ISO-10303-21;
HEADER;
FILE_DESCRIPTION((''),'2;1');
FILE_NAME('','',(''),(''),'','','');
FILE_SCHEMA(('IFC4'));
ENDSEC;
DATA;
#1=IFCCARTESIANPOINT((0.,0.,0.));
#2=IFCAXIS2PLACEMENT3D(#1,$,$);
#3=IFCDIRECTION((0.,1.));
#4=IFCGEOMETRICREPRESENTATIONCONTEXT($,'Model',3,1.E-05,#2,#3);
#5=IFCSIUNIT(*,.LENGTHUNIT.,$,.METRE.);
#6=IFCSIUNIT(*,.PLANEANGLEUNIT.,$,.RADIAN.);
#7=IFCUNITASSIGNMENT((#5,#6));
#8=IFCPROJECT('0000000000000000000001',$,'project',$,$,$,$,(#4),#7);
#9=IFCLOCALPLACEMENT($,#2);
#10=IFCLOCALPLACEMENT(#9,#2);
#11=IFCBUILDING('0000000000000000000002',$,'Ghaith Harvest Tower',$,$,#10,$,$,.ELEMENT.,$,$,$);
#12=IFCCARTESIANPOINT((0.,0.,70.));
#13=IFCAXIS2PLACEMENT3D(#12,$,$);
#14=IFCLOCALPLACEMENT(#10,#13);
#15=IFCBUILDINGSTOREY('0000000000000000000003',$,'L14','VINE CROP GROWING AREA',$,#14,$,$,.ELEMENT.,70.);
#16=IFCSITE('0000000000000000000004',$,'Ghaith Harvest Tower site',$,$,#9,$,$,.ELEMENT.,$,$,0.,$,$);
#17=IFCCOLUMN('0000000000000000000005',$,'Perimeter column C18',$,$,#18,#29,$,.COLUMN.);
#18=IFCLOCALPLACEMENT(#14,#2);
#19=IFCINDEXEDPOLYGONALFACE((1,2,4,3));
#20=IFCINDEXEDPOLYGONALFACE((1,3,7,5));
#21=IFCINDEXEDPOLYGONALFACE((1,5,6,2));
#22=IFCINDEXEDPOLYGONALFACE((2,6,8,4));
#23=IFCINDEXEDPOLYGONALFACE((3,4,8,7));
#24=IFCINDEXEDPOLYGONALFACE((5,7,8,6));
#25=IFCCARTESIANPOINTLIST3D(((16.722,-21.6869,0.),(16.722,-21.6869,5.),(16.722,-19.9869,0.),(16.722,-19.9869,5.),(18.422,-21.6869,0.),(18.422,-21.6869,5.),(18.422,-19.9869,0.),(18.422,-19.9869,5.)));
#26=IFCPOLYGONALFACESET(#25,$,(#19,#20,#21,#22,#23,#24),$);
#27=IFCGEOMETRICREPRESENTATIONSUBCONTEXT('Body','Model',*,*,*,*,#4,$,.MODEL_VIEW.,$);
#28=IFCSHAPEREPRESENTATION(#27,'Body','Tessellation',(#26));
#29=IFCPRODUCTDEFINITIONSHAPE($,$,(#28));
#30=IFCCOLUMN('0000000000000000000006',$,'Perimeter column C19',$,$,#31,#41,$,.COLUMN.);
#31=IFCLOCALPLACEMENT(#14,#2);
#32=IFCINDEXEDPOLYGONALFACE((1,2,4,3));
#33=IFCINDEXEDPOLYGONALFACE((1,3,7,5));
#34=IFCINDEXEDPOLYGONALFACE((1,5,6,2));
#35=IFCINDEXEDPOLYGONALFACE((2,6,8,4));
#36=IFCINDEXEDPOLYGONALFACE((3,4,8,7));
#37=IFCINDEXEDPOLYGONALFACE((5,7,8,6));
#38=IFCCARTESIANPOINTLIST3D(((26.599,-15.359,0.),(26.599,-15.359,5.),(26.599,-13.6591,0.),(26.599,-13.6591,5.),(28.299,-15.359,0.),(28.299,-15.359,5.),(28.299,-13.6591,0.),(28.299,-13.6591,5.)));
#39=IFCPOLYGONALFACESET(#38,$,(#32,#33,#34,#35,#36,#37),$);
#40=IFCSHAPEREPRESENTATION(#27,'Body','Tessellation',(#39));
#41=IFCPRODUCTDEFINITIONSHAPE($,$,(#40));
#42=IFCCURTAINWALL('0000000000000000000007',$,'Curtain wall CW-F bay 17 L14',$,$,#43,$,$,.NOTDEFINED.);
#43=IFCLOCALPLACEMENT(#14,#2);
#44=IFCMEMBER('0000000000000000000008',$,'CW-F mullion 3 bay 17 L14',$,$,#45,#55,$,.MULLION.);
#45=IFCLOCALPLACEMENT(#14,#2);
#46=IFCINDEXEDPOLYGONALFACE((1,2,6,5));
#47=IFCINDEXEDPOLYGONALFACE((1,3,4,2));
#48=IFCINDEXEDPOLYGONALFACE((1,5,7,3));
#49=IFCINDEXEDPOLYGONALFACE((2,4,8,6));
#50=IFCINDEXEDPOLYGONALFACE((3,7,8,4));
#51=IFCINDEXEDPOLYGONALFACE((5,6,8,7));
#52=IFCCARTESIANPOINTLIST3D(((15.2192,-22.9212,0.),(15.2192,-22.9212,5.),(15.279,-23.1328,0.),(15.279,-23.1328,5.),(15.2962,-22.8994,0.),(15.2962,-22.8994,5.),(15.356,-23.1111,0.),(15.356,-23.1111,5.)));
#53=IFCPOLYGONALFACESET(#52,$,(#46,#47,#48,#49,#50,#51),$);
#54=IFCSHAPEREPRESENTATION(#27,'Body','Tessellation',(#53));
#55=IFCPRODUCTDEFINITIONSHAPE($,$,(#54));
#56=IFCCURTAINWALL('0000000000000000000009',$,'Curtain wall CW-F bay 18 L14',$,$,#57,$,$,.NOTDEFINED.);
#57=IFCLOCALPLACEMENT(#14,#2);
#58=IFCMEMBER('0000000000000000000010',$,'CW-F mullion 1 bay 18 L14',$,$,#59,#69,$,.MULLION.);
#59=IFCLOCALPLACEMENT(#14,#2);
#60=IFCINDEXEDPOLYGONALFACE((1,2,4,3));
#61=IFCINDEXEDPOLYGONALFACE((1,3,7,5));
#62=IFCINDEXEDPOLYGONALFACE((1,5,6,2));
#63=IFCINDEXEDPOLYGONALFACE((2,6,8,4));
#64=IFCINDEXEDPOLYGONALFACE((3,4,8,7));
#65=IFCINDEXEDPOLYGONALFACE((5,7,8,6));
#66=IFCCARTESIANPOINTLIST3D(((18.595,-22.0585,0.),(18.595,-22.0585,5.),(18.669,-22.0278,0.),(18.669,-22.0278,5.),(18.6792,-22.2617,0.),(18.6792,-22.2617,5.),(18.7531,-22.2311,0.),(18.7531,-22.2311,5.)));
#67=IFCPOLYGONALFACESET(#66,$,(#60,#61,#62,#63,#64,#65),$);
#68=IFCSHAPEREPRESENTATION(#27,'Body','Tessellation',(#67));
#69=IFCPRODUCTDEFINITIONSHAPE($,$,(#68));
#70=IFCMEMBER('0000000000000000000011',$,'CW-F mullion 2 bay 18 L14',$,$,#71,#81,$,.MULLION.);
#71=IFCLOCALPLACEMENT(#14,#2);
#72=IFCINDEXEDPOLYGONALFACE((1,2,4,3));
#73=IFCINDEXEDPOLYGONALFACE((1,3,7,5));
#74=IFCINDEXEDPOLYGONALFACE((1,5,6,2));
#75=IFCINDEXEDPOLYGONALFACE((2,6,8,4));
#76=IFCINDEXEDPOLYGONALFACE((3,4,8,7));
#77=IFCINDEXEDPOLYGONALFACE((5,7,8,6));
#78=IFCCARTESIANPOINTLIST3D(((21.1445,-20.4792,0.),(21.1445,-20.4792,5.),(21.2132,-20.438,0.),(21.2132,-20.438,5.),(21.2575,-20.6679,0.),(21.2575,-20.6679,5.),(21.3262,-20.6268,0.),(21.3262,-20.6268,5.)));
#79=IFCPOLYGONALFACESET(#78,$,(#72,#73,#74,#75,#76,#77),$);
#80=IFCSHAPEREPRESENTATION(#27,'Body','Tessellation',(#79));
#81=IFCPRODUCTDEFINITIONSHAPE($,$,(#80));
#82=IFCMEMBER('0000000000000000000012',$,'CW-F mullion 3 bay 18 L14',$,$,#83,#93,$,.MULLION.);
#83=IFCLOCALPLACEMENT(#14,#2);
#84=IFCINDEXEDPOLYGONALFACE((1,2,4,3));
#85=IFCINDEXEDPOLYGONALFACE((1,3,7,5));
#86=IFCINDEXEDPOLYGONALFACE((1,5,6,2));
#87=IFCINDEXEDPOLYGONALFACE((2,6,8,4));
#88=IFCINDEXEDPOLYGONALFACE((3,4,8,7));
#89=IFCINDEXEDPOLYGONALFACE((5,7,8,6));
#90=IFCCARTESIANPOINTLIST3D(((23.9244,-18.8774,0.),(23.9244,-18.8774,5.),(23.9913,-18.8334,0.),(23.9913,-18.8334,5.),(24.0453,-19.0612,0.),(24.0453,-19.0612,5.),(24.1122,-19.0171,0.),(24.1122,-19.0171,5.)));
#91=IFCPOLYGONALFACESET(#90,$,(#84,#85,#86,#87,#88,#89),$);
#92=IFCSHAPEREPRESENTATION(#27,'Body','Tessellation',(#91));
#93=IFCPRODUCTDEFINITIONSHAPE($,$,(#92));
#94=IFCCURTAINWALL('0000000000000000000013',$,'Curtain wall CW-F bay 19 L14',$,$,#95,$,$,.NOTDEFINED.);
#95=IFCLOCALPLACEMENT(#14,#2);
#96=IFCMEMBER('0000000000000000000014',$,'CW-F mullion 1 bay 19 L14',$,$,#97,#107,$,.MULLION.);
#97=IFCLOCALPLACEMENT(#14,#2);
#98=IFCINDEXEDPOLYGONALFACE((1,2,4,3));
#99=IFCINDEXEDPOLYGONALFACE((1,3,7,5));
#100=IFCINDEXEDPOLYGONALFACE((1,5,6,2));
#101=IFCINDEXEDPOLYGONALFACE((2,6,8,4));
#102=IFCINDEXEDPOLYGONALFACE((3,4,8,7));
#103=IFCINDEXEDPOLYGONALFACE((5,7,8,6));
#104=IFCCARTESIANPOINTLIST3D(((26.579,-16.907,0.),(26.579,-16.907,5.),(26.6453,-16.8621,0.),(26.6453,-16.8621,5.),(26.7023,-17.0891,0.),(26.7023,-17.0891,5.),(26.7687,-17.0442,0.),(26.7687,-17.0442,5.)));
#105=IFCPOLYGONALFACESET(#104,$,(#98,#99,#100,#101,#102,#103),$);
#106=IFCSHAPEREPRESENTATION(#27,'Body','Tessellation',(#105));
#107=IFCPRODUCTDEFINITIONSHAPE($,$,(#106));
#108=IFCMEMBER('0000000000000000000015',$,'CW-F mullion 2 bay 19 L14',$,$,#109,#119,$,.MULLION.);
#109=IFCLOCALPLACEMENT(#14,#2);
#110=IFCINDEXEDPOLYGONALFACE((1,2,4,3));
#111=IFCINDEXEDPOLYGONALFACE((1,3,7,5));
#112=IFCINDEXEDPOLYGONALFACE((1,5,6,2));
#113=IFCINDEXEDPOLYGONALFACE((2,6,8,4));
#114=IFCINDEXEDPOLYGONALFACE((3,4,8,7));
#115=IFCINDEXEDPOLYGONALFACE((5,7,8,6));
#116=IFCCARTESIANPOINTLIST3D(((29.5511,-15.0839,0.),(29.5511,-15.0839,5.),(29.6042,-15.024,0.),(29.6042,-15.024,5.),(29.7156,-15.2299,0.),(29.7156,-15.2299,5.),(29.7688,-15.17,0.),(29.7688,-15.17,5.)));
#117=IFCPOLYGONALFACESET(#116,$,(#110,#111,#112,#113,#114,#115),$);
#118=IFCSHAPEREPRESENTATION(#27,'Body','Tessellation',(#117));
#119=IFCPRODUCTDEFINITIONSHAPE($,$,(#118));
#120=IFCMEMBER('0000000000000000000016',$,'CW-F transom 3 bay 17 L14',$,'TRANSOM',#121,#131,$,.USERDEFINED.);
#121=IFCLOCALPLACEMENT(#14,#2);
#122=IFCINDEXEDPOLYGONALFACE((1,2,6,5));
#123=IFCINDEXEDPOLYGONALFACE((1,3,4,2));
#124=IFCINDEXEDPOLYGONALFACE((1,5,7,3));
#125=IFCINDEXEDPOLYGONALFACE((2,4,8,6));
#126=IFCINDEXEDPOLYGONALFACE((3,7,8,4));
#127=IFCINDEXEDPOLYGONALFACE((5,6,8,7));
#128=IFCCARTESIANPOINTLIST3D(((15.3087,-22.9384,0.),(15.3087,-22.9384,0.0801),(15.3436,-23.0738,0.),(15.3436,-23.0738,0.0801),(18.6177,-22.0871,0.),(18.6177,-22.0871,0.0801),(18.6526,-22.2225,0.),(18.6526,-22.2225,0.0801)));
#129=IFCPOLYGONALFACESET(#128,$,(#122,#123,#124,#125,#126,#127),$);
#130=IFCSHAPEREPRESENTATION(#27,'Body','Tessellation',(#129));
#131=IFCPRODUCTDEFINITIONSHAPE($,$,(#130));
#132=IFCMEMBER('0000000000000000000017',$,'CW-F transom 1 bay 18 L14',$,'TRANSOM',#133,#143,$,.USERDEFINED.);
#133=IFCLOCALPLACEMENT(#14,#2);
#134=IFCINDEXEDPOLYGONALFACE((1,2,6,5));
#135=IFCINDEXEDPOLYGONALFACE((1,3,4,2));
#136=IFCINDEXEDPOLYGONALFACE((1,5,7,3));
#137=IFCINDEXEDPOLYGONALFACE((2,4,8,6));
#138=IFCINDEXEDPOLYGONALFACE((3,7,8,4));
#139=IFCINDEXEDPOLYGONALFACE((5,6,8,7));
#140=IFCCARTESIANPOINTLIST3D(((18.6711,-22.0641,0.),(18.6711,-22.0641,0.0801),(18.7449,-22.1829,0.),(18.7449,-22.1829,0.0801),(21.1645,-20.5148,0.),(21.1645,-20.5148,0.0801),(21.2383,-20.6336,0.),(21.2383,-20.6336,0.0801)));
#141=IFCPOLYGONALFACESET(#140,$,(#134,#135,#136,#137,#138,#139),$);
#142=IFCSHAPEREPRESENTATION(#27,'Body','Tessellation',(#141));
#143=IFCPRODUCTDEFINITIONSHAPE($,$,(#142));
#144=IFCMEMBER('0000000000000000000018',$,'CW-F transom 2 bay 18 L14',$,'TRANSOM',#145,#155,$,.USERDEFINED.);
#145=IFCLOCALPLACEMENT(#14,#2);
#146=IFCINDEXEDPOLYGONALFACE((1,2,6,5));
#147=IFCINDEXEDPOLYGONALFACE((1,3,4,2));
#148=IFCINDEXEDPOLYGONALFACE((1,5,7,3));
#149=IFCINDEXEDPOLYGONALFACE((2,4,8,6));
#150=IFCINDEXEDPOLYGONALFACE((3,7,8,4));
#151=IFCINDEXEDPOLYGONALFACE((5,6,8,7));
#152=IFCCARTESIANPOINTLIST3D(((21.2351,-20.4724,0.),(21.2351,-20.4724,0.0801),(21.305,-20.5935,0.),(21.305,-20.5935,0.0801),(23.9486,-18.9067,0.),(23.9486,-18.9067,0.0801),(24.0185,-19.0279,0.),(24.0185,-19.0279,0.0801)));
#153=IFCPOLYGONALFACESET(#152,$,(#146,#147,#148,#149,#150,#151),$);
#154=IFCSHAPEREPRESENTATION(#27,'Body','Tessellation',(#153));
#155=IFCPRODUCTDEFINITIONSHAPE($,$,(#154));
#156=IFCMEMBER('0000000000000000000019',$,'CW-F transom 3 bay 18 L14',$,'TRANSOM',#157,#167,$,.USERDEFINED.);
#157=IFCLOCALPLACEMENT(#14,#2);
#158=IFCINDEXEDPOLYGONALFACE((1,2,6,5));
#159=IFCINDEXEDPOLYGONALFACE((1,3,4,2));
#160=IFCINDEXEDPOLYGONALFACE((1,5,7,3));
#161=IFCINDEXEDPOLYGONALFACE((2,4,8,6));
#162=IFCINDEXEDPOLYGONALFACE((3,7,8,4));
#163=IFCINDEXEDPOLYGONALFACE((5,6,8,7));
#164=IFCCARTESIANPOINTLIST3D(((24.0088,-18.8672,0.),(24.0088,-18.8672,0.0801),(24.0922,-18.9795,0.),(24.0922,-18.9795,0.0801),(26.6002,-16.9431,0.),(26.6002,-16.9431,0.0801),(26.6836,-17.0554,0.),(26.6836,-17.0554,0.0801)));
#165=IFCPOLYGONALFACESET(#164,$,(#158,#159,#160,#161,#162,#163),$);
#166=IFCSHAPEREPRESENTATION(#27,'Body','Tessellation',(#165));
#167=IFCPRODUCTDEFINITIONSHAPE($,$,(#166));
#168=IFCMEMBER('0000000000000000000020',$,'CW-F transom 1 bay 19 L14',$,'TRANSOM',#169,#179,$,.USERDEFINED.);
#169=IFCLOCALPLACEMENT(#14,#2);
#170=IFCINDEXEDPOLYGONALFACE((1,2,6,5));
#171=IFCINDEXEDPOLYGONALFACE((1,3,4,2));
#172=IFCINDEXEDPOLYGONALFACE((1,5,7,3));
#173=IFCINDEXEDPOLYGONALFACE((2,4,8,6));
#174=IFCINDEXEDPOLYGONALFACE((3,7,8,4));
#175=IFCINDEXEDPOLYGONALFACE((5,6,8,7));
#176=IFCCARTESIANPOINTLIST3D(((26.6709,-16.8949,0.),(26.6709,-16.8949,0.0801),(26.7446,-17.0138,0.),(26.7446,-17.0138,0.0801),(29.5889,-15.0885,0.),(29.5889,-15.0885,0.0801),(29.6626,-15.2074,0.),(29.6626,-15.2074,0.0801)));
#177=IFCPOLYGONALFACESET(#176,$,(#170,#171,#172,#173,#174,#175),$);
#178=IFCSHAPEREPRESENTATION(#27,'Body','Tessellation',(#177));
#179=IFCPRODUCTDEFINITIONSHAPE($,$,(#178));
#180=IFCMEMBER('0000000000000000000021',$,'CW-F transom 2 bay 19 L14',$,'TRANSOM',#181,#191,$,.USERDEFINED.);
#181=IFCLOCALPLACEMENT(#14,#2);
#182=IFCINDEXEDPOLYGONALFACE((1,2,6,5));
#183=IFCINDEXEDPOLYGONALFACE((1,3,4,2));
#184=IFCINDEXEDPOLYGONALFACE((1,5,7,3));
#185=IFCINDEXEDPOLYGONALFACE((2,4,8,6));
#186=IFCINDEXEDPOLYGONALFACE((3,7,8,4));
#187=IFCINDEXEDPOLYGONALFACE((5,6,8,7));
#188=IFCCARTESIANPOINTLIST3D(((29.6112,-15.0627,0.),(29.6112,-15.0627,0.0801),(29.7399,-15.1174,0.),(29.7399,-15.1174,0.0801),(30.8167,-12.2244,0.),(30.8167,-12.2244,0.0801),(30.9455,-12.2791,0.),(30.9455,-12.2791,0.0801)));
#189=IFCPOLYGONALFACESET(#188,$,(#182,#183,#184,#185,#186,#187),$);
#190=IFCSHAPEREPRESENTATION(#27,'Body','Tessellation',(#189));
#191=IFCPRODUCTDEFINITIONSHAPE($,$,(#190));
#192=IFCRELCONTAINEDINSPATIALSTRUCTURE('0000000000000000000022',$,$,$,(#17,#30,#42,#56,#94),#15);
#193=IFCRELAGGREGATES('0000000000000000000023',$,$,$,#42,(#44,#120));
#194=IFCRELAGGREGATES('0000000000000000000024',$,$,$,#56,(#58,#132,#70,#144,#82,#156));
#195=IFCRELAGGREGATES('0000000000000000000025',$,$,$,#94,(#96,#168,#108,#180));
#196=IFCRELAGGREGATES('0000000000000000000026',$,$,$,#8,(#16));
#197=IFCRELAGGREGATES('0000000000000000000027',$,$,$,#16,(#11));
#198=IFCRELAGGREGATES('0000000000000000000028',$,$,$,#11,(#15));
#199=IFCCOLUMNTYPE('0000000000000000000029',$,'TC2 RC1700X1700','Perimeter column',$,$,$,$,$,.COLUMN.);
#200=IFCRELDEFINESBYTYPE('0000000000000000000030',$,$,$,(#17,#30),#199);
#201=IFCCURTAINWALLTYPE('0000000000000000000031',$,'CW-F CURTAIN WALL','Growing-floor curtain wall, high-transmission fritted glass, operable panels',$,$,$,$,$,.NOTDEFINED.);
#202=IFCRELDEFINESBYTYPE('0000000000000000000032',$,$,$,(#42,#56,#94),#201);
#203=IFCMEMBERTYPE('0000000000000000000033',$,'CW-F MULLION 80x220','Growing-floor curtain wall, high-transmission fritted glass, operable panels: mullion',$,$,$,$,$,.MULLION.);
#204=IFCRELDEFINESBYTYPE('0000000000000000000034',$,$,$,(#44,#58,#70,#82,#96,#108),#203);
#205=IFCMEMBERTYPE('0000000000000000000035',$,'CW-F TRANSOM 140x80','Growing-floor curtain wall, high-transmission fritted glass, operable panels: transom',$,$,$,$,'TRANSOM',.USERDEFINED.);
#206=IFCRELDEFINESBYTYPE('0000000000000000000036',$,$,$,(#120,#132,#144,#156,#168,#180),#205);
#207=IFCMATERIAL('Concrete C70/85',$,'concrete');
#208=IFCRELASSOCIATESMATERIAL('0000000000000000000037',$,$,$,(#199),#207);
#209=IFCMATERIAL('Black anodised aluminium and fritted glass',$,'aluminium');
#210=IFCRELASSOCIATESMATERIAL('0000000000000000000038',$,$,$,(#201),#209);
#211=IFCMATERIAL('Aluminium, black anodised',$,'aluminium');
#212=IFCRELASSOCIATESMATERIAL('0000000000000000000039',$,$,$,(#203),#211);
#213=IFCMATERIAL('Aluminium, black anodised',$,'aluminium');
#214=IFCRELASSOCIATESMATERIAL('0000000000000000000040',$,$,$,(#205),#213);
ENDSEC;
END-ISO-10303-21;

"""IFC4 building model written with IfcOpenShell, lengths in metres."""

from ifc_helpers import new_model, si_unit, direction, frame, origin, origin_2d, place, context, subcontext, project, spatial, rectangle, extrude, material, material_profile, profile_set, type_object, element, aggregate, save


model = new_model("IFC4")

# Units and contexts
model_context = context("Model", 3, precision=1e-05, world=origin(), true_north=direction((0.0, 1.0)))
body_context = subcontext(model_context, "Body", "Model", "MODEL_VIEW")
ifc_project = project(units=[si_unit("LENGTHUNIT", "METRE"), si_unit("PLANEANGLEUNIT", "RADIAN")], contexts=[model_context])

# Site, building, storey
site_placement = place(None, origin())
site = spatial("IfcSite", under=ifc_project, at=site_placement, Name="Ghaith Harvest Tower site", CompositionType="ELEMENT", RefElevation=0.0)
building_placement = place(site_placement, origin())
building = spatial("IfcBuilding", under=site, at=building_placement, Name="Ghaith Harvest Tower", CompositionType="ELEMENT")
storey_placement = place(building_placement, frame((0.0, 0.0, 70.0)))
storey = spatial("IfcBuildingStorey", under=building, at=storey_placement, Name="L14", Description="VINE CROP GROWING AREA", CompositionType="ELEMENT", Elevation=70.0)

# Columns
ifc_material_1 = material(Name="Concrete C70/85", Category="concrete")
ifc_material_profile_1 = material_profile(ifc_material_1, rectangle(XDim=1.7, YDim=1.7, at=origin_2d()), Name="RC1700X1700")
ifc_profile_set_1 = profile_set([ifc_material_profile_1], Name="Concrete C70/85")
column_type = type_object("IfcColumnType", Name="TC2 RC1700X1700", Description="Perimeter column", PredefinedType="COLUMN", material=ifc_profile_set_1)
for number, where, z_axis, x_axis, name in (
    (1, (17.572, -20.8369, 0.0), (0.0, 0.0, 1.0), (1.0, 0.0, 0.0), "Perimeter column C18"),
    (2, (27.449, -14.509, 0.0), (0.0, 0.0, 1.0), (1.0, 0.0, 0.0), "Perimeter column C19"),
):
    element("IfcColumn", number, at=place(storey_placement, frame(where, z_axis=z_axis, x_axis=x_axis)), inside=storey, type_object=column_type, Name=name, PredefinedType="COLUMN", context=body_context, shape_type="SweptSolid", body=[
        extrude(rectangle(XDim=1.7, YDim=1.7, at=origin_2d()), origin(), (0.0, 0.0, 1.0), 5.0),
    ])

# Curtain wall, member
ifc_material_2 = material(Name="Black anodised aluminium and fritted glass", Category="aluminium")
curtain_wall_type = type_object("IfcCurtainWallType", Name="CW-F CURTAIN WALL", Description="Growing-floor curtain wall, high-transmission fritted glass, operable panels", PredefinedType="NOTDEFINED", material=ifc_material_2)
curtain_wall_1_placement = place(storey_placement, origin())
curtain_wall_1 = element("IfcCurtainWall", 3, at=curtain_wall_1_placement, inside=storey, type_object=curtain_wall_type, Name="Curtain wall CW-F bay 17 L14", PredefinedType="NOTDEFINED")
ifc_material_3 = material(Name="Aluminium, black anodised", Category="aluminium")
ifc_material_profile_2 = material_profile(ifc_material_3, rectangle(XDim=0.0801, YDim=0.22, at=origin_2d()), Name="CW-F MULLION 80x220")
ifc_profile_set_2 = profile_set([ifc_material_profile_2], Name="Aluminium, black anodised")
member_type_1 = type_object("IfcMemberType", Name="CW-F MULLION 80x220", Description="Growing-floor curtain wall, high-transmission fritted glass, operable panels: mullion", PredefinedType="MULLION", material=ifc_profile_set_2)
member_1_placement = place(storey_placement, frame((15.2876, -23.0161, 0.0), z_axis=(0.0, 0.0, 1.0), x_axis=(0.962313, 0.271944, 0.0)))
member_1 = element("IfcMember", 4, at=member_1_placement, type_object=member_type_1, Name="CW-F mullion 3 bay 17 L14", PredefinedType="MULLION", context=body_context, shape_type="SweptSolid", body=[
    extrude(rectangle(XDim=0.0801, YDim=0.22, at=origin_2d()), origin(), (0.0, 0.0, 1.0), 5.0),
])

# Curtain walls, members
curtain_wall_2_placement = place(storey_placement, origin())
curtain_wall_2 = element("IfcCurtainWall", 5, at=curtain_wall_2_placement, inside=storey, type_object=curtain_wall_type, Name="Curtain wall CW-F bay 18 L14", PredefinedType="NOTDEFINED")
member_2_placement = place(storey_placement, frame((18.6741, -22.1448, 0.0), z_axis=(0.0, 0.0, 1.0), x_axis=(0.92391, 0.382609, 0.0)))
member_2 = element("IfcMember", 6, at=member_2_placement, type_object=member_type_1, Name="CW-F mullion 1 bay 18 L14", PredefinedType="MULLION", context=body_context, shape_type="SweptSolid", body=[
    extrude(rectangle(XDim=0.0801, YDim=0.22, at=origin_2d()), origin(), (0.0, 0.0, 1.0), 5.0),
])
member_3_placement = place(storey_placement, frame((21.2354, -20.553, 0.0), z_axis=(0.0, 0.0, 1.0), x_axis=(0.85814, 0.513415, 0.0)))
member_3 = element("IfcMember", 7, at=member_3_placement, type_object=member_type_1, Name="CW-F mullion 2 bay 18 L14", PredefinedType="MULLION", context=body_context, shape_type="SweptSolid", body=[
    extrude(rectangle(XDim=0.0801, YDim=0.22, at=origin_2d()), origin(), (0.0, 0.0, 1.0), 5.0),
])
member_4_placement = place(storey_placement, frame((24.0183, -18.9473, 0.0), z_axis=(0.0, 0.0, 1.0), x_axis=(0.835444, 0.549576, 0.0)))
member_4 = element("IfcMember", 8, at=member_4_placement, type_object=member_type_1, Name="CW-F mullion 3 bay 18 L14", PredefinedType="MULLION", context=body_context, shape_type="SweptSolid", body=[
    extrude(rectangle(XDim=0.0801, YDim=0.22, at=origin_2d()), origin(), (0.0, 0.0, 1.0), 5.0),
])
curtain_wall_3_placement = place(storey_placement, origin())
curtain_wall_3 = element("IfcCurtainWall", 9, at=curtain_wall_3_placement, inside=storey, type_object=curtain_wall_type, Name="Curtain wall CW-F bay 19 L14", PredefinedType="NOTDEFINED")
member_5_placement = place(storey_placement, frame((26.6738, -16.9756, 0.0), z_axis=(0.0, 0.0, 1.0), x_axis=(0.828002, 0.560725, 0.0)))
member_5 = element("IfcMember", 10, at=member_5_placement, type_object=member_type_1, Name="CW-F mullion 1 bay 19 L14", PredefinedType="MULLION", context=body_context, shape_type="SweptSolid", body=[
    extrude(rectangle(XDim=0.0801, YDim=0.22, at=origin_2d()), origin(), (0.0, 0.0, 1.0), 5.0),
])
member_6_placement = place(storey_placement, frame((29.6599, -15.127, 0.0), z_axis=(0.0, 0.0, 1.0), x_axis=(0.663605, 0.748083, 0.0)))
member_6 = element("IfcMember", 11, at=member_6_placement, type_object=member_type_1, Name="CW-F mullion 2 bay 19 L14", PredefinedType="MULLION", context=body_context, shape_type="SweptSolid", body=[
    extrude(rectangle(XDim=0.0801, YDim=0.22, at=origin_2d()), origin(), (0.0, 0.0, 1.0), 5.0),
])

# Members
ifc_material_4 = material(Name="Aluminium, black anodised", Category="aluminium")
ifc_material_profile_3 = material_profile(ifc_material_4, rectangle(XDim=0.1399, YDim=0.0801, at=origin_2d()), Name="CW-F TRANSOM 140x80")
ifc_profile_set_3 = profile_set([ifc_material_profile_3], Name="Aluminium, black anodised")
member_type_2 = type_object("IfcMemberType", Name="CW-F TRANSOM 140x80", Description="Growing-floor curtain wall, high-transmission fritted glass, operable panels: transom", ElementType="TRANSOM", PredefinedType="USERDEFINED", material=ifc_profile_set_3)
member_7_placement = place(storey_placement, frame((15.3262, -23.0061, 0.04), z_axis=(0.968464, 0.249154, 0.0), x_axis=(-0.249154, 0.968464, 0.0)))
member_7 = element("IfcMember", 12, at=member_7_placement, type_object=member_type_2, Name="CW-F transom 3 bay 17 L14", ObjectType="TRANSOM", PredefinedType="USERDEFINED", context=body_context, shape_type="SweptSolid", body=[
    extrude(rectangle(XDim=0.1399, YDim=0.0801, at=origin_2d()), origin(), (0.0, 0.0, 1.0), 3.4167),
])
member_8_placement = place(storey_placement, frame((18.708, -22.1235, 0.04), z_axis=(0.849383, 0.527777, 0.0), x_axis=(-0.527777, 0.849383, 0.0)))
member_8 = element("IfcMember", 13, at=member_8_placement, type_object=member_type_2, Name="CW-F transom 1 bay 18 L14", ObjectType="TRANSOM", PredefinedType="USERDEFINED", context=body_context, shape_type="SweptSolid", body=[
    extrude(rectangle(XDim=0.1399, YDim=0.0801, at=origin_2d()), origin(), (0.0, 0.0, 1.0), 2.9355),
])
member_9_placement = place(storey_placement, frame((21.27, -20.533, 0.04), z_axis=(0.866169, 0.499752, 0.0), x_axis=(-0.499752, 0.866169, 0.0)))
member_9 = element("IfcMember", 14, at=member_9_placement, type_object=member_type_2, Name="CW-F transom 2 bay 18 L14", ObjectType="TRANSOM", PredefinedType="USERDEFINED", context=body_context, shape_type="SweptSolid", body=[
    extrude(rectangle(XDim=0.1399, YDim=0.0801, at=origin_2d()), origin(), (0.0, 0.0, 1.0), 3.1328),
])
member_10_placement = place(storey_placement, frame((24.0505, -18.9233, 0.04), z_axis=(0.802877, 0.596144, 0.0), x_axis=(-0.596144, 0.802877, 0.0)))
member_10 = element("IfcMember", 15, at=member_10_placement, type_object=member_type_2, Name="CW-F transom 3 bay 18 L14", ObjectType="TRANSOM", PredefinedType="USERDEFINED", context=body_context, shape_type="SweptSolid", body=[
    extrude(rectangle(XDim=0.1399, YDim=0.0801, at=origin_2d()), origin(), (0.0, 0.0, 1.0), 3.2275),
])
member_11_placement = place(storey_placement, frame((26.7078, -16.9543, 0.04), z_axis=(0.850261, 0.526362, 0.0), x_axis=(-0.526362, 0.850261, 0.0)))
member_11 = element("IfcMember", 16, at=member_11_placement, type_object=member_type_2, Name="CW-F transom 1 bay 19 L14", ObjectType="TRANSOM", PredefinedType="USERDEFINED", context=body_context, shape_type="SweptSolid", body=[
    extrude(rectangle(XDim=0.1399, YDim=0.0801, at=origin_2d()), origin(), (0.0, 0.0, 1.0), 3.4319),
])
member_12_placement = place(storey_placement, frame((29.6755, -15.0901, 0.04), z_axis=(0.390936, 0.920418, 0.0), x_axis=(-0.920418, 0.390936, 0.0)))
member_12 = element("IfcMember", 17, at=member_12_placement, type_object=member_type_2, Name="CW-F transom 2 bay 19 L14", ObjectType="TRANSOM", PredefinedType="USERDEFINED", context=body_context, shape_type="SweptSolid", body=[
    extrude(rectangle(XDim=0.1399, YDim=0.0801, at=origin_2d()), origin(), (0.0, 0.0, 1.0), 3.0837),
])

aggregate(curtain_wall_1, [member_1, member_7])
aggregate(curtain_wall_2, [member_2, member_8, member_3, member_9, member_4, member_10])
aggregate(curtain_wall_3, [member_5, member_11, member_6, member_12])

save(model, "model.ifc")
